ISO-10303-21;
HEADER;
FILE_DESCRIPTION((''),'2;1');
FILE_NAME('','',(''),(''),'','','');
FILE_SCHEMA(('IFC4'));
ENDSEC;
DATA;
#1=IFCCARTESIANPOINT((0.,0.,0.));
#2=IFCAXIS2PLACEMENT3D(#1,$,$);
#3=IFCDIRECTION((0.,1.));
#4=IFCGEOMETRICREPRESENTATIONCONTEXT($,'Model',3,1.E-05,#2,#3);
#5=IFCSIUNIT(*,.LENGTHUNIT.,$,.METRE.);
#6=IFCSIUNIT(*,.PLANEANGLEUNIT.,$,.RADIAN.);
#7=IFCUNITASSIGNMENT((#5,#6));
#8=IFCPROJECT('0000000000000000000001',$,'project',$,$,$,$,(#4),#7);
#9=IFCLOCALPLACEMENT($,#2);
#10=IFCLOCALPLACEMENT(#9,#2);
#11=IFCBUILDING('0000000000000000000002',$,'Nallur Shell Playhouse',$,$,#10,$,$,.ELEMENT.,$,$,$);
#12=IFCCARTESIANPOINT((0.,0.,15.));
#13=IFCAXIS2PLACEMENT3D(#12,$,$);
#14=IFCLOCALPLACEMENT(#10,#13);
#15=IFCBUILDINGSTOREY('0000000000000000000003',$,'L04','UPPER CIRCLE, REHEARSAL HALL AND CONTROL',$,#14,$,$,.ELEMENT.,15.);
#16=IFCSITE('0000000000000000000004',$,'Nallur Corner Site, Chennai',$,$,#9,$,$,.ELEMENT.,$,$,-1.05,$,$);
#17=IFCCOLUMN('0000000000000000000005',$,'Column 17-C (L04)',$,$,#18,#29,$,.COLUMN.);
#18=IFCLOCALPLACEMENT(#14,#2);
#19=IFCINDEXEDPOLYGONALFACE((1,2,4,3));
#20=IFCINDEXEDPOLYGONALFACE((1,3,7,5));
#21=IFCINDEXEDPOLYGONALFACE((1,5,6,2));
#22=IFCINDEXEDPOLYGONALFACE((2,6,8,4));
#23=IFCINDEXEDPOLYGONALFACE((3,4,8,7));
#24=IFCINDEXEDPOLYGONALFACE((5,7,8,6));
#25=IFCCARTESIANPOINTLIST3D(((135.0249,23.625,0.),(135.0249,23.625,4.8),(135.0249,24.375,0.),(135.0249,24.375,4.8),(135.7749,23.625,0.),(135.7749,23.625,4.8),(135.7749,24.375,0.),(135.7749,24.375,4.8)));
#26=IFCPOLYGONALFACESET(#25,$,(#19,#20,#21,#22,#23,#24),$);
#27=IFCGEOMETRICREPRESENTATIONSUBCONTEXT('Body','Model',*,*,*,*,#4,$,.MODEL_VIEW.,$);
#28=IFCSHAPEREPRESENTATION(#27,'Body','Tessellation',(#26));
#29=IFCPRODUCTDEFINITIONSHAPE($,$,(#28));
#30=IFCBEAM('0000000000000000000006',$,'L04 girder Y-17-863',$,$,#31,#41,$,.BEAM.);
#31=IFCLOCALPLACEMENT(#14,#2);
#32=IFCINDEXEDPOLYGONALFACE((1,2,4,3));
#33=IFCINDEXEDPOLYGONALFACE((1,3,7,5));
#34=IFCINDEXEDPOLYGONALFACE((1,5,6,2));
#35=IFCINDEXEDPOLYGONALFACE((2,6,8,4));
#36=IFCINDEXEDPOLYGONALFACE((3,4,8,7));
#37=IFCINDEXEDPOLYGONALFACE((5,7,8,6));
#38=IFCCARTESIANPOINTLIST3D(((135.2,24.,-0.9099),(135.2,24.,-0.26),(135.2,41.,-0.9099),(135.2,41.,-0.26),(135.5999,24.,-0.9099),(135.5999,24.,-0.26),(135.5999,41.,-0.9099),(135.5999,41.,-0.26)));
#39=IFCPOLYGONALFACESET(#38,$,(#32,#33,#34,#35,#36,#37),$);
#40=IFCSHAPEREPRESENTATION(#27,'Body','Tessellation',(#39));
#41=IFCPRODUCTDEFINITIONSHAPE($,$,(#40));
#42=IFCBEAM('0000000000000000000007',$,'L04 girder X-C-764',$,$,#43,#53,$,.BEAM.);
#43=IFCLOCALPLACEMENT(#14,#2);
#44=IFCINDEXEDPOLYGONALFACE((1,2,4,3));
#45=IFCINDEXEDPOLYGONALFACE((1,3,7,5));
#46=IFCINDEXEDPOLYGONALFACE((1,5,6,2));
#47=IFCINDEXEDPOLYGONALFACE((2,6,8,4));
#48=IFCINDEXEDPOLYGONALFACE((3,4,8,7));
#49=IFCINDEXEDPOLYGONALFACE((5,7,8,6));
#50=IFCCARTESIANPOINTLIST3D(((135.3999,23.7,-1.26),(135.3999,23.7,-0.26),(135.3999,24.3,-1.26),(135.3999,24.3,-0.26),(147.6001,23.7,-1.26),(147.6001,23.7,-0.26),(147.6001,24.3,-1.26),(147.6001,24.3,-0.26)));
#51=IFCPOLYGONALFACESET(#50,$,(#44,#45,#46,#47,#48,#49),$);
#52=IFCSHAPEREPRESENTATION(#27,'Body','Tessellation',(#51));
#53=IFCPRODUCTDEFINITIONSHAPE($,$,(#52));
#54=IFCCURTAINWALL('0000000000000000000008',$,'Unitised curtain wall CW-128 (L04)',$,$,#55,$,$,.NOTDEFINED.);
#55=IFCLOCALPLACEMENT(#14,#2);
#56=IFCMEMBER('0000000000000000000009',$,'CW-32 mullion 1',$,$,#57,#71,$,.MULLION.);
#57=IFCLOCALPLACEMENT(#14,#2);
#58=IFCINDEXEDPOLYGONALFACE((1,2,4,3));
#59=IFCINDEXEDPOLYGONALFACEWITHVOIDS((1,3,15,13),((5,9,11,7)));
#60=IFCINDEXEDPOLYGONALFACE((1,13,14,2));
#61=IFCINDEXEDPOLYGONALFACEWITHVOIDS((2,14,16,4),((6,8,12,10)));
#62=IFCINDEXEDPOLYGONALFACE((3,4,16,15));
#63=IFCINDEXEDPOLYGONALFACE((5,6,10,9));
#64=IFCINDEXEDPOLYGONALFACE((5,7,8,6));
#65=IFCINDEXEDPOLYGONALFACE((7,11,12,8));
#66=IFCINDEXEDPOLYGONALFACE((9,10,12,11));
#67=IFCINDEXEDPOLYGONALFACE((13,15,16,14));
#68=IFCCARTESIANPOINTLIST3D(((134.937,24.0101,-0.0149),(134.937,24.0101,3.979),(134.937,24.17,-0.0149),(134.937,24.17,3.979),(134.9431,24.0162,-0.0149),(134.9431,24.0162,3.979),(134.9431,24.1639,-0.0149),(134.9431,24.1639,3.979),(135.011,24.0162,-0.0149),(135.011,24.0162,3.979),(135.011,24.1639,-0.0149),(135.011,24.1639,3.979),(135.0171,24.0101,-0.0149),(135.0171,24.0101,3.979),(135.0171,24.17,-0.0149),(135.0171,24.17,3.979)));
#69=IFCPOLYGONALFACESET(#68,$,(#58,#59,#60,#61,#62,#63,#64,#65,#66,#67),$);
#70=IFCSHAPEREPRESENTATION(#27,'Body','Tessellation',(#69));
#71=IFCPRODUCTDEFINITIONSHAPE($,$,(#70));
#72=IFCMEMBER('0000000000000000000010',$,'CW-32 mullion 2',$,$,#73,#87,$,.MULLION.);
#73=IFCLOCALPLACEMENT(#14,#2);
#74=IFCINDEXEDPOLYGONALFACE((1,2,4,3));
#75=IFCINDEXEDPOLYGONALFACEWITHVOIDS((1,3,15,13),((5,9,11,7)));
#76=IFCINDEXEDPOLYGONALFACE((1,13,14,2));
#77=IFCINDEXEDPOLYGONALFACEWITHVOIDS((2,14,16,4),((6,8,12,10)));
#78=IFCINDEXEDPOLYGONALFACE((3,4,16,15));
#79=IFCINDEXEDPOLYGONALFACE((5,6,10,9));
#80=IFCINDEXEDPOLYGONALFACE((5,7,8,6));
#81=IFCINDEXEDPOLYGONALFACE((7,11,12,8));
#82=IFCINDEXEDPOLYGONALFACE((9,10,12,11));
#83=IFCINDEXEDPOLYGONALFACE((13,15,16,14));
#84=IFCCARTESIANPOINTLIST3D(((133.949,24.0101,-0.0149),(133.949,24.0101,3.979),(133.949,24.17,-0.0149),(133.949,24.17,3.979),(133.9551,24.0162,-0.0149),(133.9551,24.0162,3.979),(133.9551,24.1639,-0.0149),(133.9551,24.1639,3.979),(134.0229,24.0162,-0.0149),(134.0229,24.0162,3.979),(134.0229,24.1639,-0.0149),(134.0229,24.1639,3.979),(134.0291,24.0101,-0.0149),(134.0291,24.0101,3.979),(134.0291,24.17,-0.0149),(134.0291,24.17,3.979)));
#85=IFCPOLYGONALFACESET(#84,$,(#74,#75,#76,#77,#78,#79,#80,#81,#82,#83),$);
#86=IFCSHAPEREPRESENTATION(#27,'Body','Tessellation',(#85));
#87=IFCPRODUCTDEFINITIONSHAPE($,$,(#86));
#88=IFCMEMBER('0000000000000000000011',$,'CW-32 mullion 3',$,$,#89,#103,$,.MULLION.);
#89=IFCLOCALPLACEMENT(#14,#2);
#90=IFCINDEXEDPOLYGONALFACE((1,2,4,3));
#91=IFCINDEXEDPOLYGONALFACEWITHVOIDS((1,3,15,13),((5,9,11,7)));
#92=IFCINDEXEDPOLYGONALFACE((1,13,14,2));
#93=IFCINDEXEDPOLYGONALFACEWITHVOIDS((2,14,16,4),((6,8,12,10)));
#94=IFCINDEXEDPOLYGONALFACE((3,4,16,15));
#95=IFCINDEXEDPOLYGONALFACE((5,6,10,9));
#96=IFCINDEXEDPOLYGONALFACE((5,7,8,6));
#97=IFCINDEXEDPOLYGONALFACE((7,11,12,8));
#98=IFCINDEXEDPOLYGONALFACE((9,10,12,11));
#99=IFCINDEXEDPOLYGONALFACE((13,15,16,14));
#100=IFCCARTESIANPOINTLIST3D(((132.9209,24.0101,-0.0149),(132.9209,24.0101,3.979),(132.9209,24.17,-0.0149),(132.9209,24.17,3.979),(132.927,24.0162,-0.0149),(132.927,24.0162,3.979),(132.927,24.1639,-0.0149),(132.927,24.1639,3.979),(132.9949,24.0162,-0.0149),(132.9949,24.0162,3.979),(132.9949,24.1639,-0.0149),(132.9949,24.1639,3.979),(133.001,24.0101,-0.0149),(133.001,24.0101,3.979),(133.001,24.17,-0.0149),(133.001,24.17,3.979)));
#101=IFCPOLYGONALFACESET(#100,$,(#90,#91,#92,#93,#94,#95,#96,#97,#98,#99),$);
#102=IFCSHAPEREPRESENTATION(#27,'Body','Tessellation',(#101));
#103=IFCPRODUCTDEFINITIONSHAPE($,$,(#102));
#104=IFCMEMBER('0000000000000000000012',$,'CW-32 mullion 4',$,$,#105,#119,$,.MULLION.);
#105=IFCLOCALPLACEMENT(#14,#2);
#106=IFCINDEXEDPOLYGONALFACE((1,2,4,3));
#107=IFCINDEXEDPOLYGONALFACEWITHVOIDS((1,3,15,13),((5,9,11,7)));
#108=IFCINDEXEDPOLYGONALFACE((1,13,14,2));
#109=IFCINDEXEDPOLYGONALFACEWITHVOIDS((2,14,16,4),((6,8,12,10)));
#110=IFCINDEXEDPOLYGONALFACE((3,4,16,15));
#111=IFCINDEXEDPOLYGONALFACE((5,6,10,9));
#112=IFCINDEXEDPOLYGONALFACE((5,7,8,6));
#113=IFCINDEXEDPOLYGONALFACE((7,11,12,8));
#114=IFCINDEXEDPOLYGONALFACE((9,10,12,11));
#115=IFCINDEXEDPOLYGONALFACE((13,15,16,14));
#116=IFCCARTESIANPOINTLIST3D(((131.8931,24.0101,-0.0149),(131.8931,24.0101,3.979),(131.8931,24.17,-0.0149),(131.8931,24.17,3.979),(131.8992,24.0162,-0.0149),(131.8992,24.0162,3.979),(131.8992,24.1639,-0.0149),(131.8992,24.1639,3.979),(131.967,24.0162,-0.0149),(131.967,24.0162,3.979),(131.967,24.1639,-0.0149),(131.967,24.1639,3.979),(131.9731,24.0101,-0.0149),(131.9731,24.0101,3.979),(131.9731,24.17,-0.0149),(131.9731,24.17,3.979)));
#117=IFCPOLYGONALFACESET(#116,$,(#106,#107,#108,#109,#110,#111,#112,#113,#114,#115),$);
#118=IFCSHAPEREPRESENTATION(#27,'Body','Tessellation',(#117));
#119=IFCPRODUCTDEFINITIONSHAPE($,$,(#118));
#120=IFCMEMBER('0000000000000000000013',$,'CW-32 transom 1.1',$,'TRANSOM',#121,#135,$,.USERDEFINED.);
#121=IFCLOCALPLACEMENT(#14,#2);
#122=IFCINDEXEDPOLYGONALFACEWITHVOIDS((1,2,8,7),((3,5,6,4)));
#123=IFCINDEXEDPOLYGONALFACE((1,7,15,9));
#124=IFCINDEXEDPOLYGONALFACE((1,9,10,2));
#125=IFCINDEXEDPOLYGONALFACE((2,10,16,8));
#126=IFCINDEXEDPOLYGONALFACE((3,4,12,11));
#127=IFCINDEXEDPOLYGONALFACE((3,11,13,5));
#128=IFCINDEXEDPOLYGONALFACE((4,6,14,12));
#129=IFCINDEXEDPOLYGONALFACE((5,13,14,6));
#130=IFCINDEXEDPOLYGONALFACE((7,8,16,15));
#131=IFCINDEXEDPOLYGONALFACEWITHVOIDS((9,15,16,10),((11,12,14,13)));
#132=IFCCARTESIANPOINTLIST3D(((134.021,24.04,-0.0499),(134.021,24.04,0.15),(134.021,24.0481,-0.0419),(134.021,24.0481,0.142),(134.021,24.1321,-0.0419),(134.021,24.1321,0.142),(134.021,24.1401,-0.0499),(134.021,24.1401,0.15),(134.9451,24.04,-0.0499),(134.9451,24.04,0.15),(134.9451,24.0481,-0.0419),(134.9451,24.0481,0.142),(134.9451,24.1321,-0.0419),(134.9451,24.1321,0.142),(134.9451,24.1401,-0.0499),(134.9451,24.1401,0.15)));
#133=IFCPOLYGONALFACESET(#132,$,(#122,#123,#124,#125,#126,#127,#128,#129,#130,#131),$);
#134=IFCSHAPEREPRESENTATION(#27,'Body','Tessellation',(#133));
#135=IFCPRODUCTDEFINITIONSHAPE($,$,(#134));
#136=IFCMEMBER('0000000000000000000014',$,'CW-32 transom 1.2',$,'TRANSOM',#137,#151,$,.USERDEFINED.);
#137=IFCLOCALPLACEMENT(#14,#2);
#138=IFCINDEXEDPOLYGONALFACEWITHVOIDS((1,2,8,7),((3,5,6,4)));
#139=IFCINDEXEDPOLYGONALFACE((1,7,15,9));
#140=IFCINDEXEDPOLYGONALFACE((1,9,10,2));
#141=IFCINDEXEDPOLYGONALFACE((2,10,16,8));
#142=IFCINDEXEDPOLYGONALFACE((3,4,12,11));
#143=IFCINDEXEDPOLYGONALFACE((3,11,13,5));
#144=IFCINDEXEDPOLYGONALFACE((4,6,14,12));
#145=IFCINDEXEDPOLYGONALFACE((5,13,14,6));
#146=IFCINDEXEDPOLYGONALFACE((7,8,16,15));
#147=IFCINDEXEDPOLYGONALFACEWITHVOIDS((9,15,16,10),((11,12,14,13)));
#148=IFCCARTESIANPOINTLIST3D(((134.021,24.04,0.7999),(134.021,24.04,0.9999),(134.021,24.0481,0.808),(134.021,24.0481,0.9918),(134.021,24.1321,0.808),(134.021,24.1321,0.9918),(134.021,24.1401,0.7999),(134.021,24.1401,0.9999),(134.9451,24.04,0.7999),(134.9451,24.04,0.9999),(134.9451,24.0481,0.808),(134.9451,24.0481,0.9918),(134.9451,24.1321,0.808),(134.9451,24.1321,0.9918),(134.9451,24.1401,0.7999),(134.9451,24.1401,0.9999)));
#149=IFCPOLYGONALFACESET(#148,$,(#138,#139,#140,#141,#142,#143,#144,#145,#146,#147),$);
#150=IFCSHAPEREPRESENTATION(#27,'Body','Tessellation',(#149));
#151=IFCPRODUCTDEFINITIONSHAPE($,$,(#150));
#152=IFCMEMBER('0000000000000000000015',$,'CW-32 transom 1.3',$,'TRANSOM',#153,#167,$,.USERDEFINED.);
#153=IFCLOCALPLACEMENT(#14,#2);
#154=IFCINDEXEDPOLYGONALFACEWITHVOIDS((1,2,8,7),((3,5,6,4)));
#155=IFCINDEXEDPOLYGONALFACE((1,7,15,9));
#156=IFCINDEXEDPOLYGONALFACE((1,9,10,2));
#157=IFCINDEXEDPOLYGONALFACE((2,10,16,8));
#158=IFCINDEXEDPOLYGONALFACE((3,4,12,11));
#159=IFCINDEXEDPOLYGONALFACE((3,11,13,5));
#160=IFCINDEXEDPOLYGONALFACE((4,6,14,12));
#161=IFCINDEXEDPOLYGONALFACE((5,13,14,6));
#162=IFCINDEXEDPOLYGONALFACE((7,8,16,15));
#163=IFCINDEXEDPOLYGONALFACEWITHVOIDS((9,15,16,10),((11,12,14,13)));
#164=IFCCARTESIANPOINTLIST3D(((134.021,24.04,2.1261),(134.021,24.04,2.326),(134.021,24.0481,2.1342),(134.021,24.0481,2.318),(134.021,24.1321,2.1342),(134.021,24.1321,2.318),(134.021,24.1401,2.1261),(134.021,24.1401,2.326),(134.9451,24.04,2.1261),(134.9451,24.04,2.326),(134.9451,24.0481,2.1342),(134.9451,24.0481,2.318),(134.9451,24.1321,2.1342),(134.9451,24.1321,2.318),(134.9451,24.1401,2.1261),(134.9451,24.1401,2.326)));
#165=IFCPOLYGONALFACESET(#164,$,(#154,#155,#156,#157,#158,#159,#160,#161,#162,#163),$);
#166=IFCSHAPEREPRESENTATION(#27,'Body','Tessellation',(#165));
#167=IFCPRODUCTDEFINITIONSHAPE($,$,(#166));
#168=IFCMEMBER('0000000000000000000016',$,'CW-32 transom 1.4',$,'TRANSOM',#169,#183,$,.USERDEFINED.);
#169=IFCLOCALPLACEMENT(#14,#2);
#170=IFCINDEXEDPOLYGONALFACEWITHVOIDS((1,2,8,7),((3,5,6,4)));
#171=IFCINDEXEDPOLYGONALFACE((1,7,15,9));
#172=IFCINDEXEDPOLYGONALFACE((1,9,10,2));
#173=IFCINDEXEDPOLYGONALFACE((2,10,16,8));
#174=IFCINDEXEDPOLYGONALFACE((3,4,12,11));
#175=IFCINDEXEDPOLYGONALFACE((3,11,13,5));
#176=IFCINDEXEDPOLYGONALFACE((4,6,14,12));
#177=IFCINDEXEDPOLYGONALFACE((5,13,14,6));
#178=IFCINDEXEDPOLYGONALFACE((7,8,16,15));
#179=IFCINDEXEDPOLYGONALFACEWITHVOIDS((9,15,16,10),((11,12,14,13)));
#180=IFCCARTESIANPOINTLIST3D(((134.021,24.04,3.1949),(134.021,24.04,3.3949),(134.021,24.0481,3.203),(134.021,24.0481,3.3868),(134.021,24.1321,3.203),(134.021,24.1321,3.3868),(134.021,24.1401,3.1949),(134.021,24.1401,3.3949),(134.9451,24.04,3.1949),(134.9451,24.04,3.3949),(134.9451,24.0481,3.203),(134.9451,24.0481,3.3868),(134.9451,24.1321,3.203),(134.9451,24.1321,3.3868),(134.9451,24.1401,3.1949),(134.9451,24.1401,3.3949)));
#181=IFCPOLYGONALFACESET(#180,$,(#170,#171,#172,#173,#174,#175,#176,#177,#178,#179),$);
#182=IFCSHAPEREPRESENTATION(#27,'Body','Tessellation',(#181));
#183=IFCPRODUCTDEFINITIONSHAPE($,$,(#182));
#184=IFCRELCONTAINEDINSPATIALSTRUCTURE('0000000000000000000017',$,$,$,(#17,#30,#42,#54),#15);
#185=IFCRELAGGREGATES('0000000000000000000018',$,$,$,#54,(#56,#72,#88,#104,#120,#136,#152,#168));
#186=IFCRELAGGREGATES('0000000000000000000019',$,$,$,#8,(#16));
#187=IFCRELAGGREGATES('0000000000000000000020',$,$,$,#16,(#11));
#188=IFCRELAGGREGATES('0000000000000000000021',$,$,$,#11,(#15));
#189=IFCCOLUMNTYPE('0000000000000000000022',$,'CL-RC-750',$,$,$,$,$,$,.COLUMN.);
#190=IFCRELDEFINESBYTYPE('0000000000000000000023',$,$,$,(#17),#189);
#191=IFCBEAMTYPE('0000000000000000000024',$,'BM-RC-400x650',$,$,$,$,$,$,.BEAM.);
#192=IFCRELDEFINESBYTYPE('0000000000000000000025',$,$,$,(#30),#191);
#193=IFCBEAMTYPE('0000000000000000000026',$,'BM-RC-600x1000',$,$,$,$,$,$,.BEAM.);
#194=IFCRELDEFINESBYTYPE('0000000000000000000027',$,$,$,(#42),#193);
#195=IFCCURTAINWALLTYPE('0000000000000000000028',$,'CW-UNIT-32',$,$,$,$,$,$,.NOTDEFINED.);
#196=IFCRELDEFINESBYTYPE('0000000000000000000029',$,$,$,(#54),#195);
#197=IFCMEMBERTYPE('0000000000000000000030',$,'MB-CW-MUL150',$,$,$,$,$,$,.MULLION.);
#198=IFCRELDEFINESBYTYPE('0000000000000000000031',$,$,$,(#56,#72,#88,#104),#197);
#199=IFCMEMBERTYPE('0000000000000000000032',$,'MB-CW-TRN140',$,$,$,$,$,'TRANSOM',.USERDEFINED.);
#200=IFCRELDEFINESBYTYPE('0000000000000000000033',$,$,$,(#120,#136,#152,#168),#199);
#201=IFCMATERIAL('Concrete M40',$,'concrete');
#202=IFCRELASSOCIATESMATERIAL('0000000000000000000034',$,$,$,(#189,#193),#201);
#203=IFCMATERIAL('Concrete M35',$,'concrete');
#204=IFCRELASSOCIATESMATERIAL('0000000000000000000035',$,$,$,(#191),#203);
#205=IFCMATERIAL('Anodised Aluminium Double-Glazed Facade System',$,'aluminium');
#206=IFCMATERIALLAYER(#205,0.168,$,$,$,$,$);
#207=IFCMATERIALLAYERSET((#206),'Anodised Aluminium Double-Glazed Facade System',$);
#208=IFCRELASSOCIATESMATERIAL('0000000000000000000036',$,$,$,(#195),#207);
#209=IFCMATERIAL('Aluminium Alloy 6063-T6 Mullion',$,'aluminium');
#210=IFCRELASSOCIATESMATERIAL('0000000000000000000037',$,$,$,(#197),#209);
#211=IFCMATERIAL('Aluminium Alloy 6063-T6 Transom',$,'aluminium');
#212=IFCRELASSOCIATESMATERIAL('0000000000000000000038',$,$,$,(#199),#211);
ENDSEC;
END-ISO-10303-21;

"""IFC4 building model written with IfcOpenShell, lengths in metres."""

from ifc_helpers import new_model, si_unit, direction, frame, origin, origin_2d, place, context, subcontext, project, spatial, rectangle, hollow_rectangle, extrude, material, layer, layer_set, material_profile, profile_set, type_object, element, aggregate, save


model = new_model("IFC4")

# Units and contexts
model_context = context("Model", 3, precision=1e-05, world=origin(), true_north=direction((0.0, 1.0)))
body_context = subcontext(model_context, "Body", "Model", "MODEL_VIEW")
ifc_project = project(units=[si_unit("LENGTHUNIT", "METRE"), si_unit("PLANEANGLEUNIT", "RADIAN")], contexts=[model_context])

# Site, building, storey
site_placement = place(None, origin())
site = spatial("IfcSite", under=ifc_project, at=site_placement, Name="Nallur Corner Site, Chennai", CompositionType="ELEMENT", RefElevation=-1.05)
building_placement = place(site_placement, origin())
building = spatial("IfcBuilding", under=site, at=building_placement, Name="Nallur Shell Playhouse", CompositionType="ELEMENT")
storey_placement = place(building_placement, frame((0.0, 0.0, 15.0)))
storey = spatial("IfcBuildingStorey", under=building, at=storey_placement, Name="L04", Description="UPPER CIRCLE, REHEARSAL HALL AND CONTROL", CompositionType="ELEMENT", Elevation=15.0)

# Column
ifc_material_1 = material(Name="Concrete M40", Category="concrete")
ifc_material_profile_1 = material_profile(ifc_material_1, rectangle(XDim=0.75, YDim=0.75, at=origin_2d()), Name="RC 750x750")
ifc_profile_set_1 = profile_set([ifc_material_profile_1], Name="Concrete M40")
column_type = type_object("IfcColumnType", Name="CL-RC-750", PredefinedType="COLUMN", material=ifc_profile_set_1)
column_placement = place(storey_placement, frame((135.3999, 24.0, 0.0), z_axis=(0.0, 0.0, 1.0), x_axis=(1.0, 0.0, 0.0)))
element("IfcColumn", 1, at=column_placement, inside=storey, type_object=column_type, Name="Column 17-C (L04)", PredefinedType="COLUMN", context=body_context, shape_type="SweptSolid", body=[
    extrude(rectangle(XDim=0.75, YDim=0.75, at=origin_2d()), origin(), (0.0, 0.0, 1.0), 4.8),
])

# Beams
ifc_material_2 = material(Name="Concrete M35", Category="concrete")
ifc_material_profile_2 = material_profile(ifc_material_2, rectangle(XDim=0.3999, YDim=0.6499, at=origin_2d()), Name="RC 400x650")
ifc_profile_set_2 = profile_set([ifc_material_profile_2], Name="Concrete M35")
beam_type_1 = type_object("IfcBeamType", Name="BM-RC-400x650", PredefinedType="BEAM", material=ifc_profile_set_2)
beam_1_placement = place(storey_placement, frame((135.3999, 24.0, -0.585), z_axis=(0.0, 1.0, 0.0), x_axis=(-1.0, 0.0, 0.0)))
element("IfcBeam", 2, at=beam_1_placement, inside=storey, type_object=beam_type_1, Name="L04 girder Y-17-863", PredefinedType="BEAM", context=body_context, shape_type="SweptSolid", body=[
    extrude(rectangle(XDim=0.3999, YDim=0.6499, at=origin_2d()), origin(), (0.0, 0.0, 1.0), 17.0),
])
ifc_material_profile_3 = material_profile(ifc_material_1, rectangle(XDim=0.6001, YDim=1.0, at=origin_2d()), Name="RC 600x1000")
ifc_profile_set_3 = profile_set([ifc_material_profile_3], Name="Concrete M40")
beam_type_2 = type_object("IfcBeamType", Name="BM-RC-600x1000", PredefinedType="BEAM", material=ifc_profile_set_3)
beam_2_placement = place(storey_placement, frame((135.3999, 24.0, -0.76), z_axis=(1.0, 0.0, 0.0), x_axis=(0.0, 1.0, 0.0)))
element("IfcBeam", 3, at=beam_2_placement, inside=storey, type_object=beam_type_2, Name="L04 girder X-C-764", PredefinedType="BEAM", context=body_context, shape_type="SweptSolid", body=[
    extrude(rectangle(XDim=0.6001, YDim=1.0, at=origin_2d()), origin(), (0.0, 0.0, 1.0), 12.2002),
])

# Curtain wall, members
ifc_material_3 = material(Name="Anodised Aluminium Double-Glazed Facade System", Category="aluminium")
ifc_layer_1 = layer(ifc_material_3, 0.168)
ifc_layer_set_1 = layer_set([ifc_layer_1], Name="Anodised Aluminium Double-Glazed Facade System")
curtain_wall_type = type_object("IfcCurtainWallType", Name="CW-UNIT-32", PredefinedType="NOTDEFINED", material=ifc_layer_set_1)
curtain_wall_placement = place(storey_placement, origin())
curtain_wall = element("IfcCurtainWall", 4, at=curtain_wall_placement, inside=storey, type_object=curtain_wall_type, Name="Unitised curtain wall CW-128 (L04)", PredefinedType="NOTDEFINED")
ifc_material_4 = material(Name="Aluminium Alloy 6063-T6 Mullion", Category="aluminium")
ifc_material_profile_4 = material_profile(ifc_material_4, hollow_rectangle(XDim=0.0801, YDim=0.1599, WallThickness=0.0061, at=origin_2d()), Name="RHS 160x80x6")
ifc_profile_set_4 = profile_set([ifc_material_profile_4], Name="Aluminium Alloy 6063-T6 Mullion")
member_type_1 = type_object("IfcMemberType", Name="MB-CW-MUL150", PredefinedType="MULLION", material=ifc_profile_set_4)
member_1_placement = place(storey_placement, frame((134.9771, 24.0901, -0.0149), z_axis=(0.0, 0.0, 1.0), x_axis=(-1.0, 0.0, 0.0)))
member_1 = element("IfcMember", 5, at=member_1_placement, type_object=member_type_1, Name="CW-32 mullion 1", PredefinedType="MULLION", context=body_context, shape_type="SweptSolid", body=[
    extrude(hollow_rectangle(XDim=0.0801, YDim=0.1599, WallThickness=0.0061, at=origin_2d()), origin(), (0.0, 0.0, 1.0), 3.9939),
])
member_2_placement = place(storey_placement, frame((133.989, 24.0901, -0.0149), z_axis=(0.0, 0.0, 1.0), x_axis=(-1.0, 0.0, 0.0)))
member_2 = element("IfcMember", 6, at=member_2_placement, type_object=member_type_1, Name="CW-32 mullion 2", PredefinedType="MULLION", context=body_context, shape_type="SweptSolid", body=[
    extrude(hollow_rectangle(XDim=0.0801, YDim=0.1599, WallThickness=0.0061, at=origin_2d()), origin(), (0.0, 0.0, 1.0), 3.9939),
])
member_3_placement = place(storey_placement, frame((132.9609, 24.0901, -0.0149), z_axis=(0.0, 0.0, 1.0), x_axis=(-1.0, 0.0, 0.0)))
member_3 = element("IfcMember", 7, at=member_3_placement, type_object=member_type_1, Name="CW-32 mullion 3", PredefinedType="MULLION", context=body_context, shape_type="SweptSolid", body=[
    extrude(hollow_rectangle(XDim=0.0801, YDim=0.1599, WallThickness=0.0061, at=origin_2d()), origin(), (0.0, 0.0, 1.0), 3.9939),
])
member_4_placement = place(storey_placement, frame((131.9331, 24.0901, -0.0149), z_axis=(0.0, 0.0, 1.0), x_axis=(-1.0, 0.0, 0.0)))
member_4 = element("IfcMember", 8, at=member_4_placement, type_object=member_type_1, Name="CW-32 mullion 4", PredefinedType="MULLION", context=body_context, shape_type="SweptSolid", body=[
    extrude(hollow_rectangle(XDim=0.0801, YDim=0.1599, WallThickness=0.0061, at=origin_2d()), origin(), (0.0, 0.0, 1.0), 3.9939),
])
ifc_material_5 = material(Name="Aluminium Alloy 6063-T6 Transom", Category="aluminium")
ifc_material_profile_5 = material_profile(ifc_material_5, hollow_rectangle(XDim=0.1001, YDim=0.2, WallThickness=0.0081, at=origin_2d()), Name="RHS 200x100x8")
ifc_profile_set_5 = profile_set([ifc_material_profile_5], Name="Aluminium Alloy 6063-T6 Transom")
member_type_2 = type_object("IfcMemberType", Name="MB-CW-TRN140", ElementType="TRANSOM", PredefinedType="USERDEFINED", material=ifc_profile_set_5)
member_5_placement = place(storey_placement, frame((134.9451, 24.0901, 0.05), z_axis=(-1.0, 0.0, 0.0), x_axis=(0.0, -1.0, 0.0)))
member_5 = element("IfcMember", 9, at=member_5_placement, type_object=member_type_2, Name="CW-32 transom 1.1", ObjectType="TRANSOM", PredefinedType="USERDEFINED", context=body_context, shape_type="SweptSolid", body=[
    extrude(hollow_rectangle(XDim=0.1001, YDim=0.2, WallThickness=0.0081, at=origin_2d()), origin(), (0.0, 0.0, 1.0), 0.9241),
])
member_6_placement = place(storey_placement, frame((134.9451, 24.0901, 0.8999), z_axis=(-1.0, 0.0, 0.0), x_axis=(0.0, -1.0, 0.0)))
member_6 = element("IfcMember", 10, at=member_6_placement, type_object=member_type_2, Name="CW-32 transom 1.2", ObjectType="TRANSOM", PredefinedType="USERDEFINED", context=body_context, shape_type="SweptSolid", body=[
    extrude(hollow_rectangle(XDim=0.1001, YDim=0.2, WallThickness=0.0081, at=origin_2d()), origin(), (0.0, 0.0, 1.0), 0.9241),
])
member_7_placement = place(storey_placement, frame((134.9451, 24.0901, 2.2261), z_axis=(-1.0, 0.0, 0.0), x_axis=(0.0, -1.0, 0.0)))
member_7 = element("IfcMember", 11, at=member_7_placement, type_object=member_type_2, Name="CW-32 transom 1.3", ObjectType="TRANSOM", PredefinedType="USERDEFINED", context=body_context, shape_type="SweptSolid", body=[
    extrude(hollow_rectangle(XDim=0.1001, YDim=0.2, WallThickness=0.0081, at=origin_2d()), origin(), (0.0, 0.0, 1.0), 0.9241),
])
member_8_placement = place(storey_placement, frame((134.9451, 24.0901, 3.2949), z_axis=(-1.0, 0.0, 0.0), x_axis=(0.0, -1.0, 0.0)))
member_8 = element("IfcMember", 12, at=member_8_placement, type_object=member_type_2, Name="CW-32 transom 1.4", ObjectType="TRANSOM", PredefinedType="USERDEFINED", context=body_context, shape_type="SweptSolid", body=[
    extrude(hollow_rectangle(XDim=0.1001, YDim=0.2, WallThickness=0.0081, at=origin_2d()), origin(), (0.0, 0.0, 1.0), 0.9241),
])
aggregate(curtain_wall, [member_1, member_2, member_3, member_4, member_5, member_6, member_7, member_8])

save(model, "model.ifc")
